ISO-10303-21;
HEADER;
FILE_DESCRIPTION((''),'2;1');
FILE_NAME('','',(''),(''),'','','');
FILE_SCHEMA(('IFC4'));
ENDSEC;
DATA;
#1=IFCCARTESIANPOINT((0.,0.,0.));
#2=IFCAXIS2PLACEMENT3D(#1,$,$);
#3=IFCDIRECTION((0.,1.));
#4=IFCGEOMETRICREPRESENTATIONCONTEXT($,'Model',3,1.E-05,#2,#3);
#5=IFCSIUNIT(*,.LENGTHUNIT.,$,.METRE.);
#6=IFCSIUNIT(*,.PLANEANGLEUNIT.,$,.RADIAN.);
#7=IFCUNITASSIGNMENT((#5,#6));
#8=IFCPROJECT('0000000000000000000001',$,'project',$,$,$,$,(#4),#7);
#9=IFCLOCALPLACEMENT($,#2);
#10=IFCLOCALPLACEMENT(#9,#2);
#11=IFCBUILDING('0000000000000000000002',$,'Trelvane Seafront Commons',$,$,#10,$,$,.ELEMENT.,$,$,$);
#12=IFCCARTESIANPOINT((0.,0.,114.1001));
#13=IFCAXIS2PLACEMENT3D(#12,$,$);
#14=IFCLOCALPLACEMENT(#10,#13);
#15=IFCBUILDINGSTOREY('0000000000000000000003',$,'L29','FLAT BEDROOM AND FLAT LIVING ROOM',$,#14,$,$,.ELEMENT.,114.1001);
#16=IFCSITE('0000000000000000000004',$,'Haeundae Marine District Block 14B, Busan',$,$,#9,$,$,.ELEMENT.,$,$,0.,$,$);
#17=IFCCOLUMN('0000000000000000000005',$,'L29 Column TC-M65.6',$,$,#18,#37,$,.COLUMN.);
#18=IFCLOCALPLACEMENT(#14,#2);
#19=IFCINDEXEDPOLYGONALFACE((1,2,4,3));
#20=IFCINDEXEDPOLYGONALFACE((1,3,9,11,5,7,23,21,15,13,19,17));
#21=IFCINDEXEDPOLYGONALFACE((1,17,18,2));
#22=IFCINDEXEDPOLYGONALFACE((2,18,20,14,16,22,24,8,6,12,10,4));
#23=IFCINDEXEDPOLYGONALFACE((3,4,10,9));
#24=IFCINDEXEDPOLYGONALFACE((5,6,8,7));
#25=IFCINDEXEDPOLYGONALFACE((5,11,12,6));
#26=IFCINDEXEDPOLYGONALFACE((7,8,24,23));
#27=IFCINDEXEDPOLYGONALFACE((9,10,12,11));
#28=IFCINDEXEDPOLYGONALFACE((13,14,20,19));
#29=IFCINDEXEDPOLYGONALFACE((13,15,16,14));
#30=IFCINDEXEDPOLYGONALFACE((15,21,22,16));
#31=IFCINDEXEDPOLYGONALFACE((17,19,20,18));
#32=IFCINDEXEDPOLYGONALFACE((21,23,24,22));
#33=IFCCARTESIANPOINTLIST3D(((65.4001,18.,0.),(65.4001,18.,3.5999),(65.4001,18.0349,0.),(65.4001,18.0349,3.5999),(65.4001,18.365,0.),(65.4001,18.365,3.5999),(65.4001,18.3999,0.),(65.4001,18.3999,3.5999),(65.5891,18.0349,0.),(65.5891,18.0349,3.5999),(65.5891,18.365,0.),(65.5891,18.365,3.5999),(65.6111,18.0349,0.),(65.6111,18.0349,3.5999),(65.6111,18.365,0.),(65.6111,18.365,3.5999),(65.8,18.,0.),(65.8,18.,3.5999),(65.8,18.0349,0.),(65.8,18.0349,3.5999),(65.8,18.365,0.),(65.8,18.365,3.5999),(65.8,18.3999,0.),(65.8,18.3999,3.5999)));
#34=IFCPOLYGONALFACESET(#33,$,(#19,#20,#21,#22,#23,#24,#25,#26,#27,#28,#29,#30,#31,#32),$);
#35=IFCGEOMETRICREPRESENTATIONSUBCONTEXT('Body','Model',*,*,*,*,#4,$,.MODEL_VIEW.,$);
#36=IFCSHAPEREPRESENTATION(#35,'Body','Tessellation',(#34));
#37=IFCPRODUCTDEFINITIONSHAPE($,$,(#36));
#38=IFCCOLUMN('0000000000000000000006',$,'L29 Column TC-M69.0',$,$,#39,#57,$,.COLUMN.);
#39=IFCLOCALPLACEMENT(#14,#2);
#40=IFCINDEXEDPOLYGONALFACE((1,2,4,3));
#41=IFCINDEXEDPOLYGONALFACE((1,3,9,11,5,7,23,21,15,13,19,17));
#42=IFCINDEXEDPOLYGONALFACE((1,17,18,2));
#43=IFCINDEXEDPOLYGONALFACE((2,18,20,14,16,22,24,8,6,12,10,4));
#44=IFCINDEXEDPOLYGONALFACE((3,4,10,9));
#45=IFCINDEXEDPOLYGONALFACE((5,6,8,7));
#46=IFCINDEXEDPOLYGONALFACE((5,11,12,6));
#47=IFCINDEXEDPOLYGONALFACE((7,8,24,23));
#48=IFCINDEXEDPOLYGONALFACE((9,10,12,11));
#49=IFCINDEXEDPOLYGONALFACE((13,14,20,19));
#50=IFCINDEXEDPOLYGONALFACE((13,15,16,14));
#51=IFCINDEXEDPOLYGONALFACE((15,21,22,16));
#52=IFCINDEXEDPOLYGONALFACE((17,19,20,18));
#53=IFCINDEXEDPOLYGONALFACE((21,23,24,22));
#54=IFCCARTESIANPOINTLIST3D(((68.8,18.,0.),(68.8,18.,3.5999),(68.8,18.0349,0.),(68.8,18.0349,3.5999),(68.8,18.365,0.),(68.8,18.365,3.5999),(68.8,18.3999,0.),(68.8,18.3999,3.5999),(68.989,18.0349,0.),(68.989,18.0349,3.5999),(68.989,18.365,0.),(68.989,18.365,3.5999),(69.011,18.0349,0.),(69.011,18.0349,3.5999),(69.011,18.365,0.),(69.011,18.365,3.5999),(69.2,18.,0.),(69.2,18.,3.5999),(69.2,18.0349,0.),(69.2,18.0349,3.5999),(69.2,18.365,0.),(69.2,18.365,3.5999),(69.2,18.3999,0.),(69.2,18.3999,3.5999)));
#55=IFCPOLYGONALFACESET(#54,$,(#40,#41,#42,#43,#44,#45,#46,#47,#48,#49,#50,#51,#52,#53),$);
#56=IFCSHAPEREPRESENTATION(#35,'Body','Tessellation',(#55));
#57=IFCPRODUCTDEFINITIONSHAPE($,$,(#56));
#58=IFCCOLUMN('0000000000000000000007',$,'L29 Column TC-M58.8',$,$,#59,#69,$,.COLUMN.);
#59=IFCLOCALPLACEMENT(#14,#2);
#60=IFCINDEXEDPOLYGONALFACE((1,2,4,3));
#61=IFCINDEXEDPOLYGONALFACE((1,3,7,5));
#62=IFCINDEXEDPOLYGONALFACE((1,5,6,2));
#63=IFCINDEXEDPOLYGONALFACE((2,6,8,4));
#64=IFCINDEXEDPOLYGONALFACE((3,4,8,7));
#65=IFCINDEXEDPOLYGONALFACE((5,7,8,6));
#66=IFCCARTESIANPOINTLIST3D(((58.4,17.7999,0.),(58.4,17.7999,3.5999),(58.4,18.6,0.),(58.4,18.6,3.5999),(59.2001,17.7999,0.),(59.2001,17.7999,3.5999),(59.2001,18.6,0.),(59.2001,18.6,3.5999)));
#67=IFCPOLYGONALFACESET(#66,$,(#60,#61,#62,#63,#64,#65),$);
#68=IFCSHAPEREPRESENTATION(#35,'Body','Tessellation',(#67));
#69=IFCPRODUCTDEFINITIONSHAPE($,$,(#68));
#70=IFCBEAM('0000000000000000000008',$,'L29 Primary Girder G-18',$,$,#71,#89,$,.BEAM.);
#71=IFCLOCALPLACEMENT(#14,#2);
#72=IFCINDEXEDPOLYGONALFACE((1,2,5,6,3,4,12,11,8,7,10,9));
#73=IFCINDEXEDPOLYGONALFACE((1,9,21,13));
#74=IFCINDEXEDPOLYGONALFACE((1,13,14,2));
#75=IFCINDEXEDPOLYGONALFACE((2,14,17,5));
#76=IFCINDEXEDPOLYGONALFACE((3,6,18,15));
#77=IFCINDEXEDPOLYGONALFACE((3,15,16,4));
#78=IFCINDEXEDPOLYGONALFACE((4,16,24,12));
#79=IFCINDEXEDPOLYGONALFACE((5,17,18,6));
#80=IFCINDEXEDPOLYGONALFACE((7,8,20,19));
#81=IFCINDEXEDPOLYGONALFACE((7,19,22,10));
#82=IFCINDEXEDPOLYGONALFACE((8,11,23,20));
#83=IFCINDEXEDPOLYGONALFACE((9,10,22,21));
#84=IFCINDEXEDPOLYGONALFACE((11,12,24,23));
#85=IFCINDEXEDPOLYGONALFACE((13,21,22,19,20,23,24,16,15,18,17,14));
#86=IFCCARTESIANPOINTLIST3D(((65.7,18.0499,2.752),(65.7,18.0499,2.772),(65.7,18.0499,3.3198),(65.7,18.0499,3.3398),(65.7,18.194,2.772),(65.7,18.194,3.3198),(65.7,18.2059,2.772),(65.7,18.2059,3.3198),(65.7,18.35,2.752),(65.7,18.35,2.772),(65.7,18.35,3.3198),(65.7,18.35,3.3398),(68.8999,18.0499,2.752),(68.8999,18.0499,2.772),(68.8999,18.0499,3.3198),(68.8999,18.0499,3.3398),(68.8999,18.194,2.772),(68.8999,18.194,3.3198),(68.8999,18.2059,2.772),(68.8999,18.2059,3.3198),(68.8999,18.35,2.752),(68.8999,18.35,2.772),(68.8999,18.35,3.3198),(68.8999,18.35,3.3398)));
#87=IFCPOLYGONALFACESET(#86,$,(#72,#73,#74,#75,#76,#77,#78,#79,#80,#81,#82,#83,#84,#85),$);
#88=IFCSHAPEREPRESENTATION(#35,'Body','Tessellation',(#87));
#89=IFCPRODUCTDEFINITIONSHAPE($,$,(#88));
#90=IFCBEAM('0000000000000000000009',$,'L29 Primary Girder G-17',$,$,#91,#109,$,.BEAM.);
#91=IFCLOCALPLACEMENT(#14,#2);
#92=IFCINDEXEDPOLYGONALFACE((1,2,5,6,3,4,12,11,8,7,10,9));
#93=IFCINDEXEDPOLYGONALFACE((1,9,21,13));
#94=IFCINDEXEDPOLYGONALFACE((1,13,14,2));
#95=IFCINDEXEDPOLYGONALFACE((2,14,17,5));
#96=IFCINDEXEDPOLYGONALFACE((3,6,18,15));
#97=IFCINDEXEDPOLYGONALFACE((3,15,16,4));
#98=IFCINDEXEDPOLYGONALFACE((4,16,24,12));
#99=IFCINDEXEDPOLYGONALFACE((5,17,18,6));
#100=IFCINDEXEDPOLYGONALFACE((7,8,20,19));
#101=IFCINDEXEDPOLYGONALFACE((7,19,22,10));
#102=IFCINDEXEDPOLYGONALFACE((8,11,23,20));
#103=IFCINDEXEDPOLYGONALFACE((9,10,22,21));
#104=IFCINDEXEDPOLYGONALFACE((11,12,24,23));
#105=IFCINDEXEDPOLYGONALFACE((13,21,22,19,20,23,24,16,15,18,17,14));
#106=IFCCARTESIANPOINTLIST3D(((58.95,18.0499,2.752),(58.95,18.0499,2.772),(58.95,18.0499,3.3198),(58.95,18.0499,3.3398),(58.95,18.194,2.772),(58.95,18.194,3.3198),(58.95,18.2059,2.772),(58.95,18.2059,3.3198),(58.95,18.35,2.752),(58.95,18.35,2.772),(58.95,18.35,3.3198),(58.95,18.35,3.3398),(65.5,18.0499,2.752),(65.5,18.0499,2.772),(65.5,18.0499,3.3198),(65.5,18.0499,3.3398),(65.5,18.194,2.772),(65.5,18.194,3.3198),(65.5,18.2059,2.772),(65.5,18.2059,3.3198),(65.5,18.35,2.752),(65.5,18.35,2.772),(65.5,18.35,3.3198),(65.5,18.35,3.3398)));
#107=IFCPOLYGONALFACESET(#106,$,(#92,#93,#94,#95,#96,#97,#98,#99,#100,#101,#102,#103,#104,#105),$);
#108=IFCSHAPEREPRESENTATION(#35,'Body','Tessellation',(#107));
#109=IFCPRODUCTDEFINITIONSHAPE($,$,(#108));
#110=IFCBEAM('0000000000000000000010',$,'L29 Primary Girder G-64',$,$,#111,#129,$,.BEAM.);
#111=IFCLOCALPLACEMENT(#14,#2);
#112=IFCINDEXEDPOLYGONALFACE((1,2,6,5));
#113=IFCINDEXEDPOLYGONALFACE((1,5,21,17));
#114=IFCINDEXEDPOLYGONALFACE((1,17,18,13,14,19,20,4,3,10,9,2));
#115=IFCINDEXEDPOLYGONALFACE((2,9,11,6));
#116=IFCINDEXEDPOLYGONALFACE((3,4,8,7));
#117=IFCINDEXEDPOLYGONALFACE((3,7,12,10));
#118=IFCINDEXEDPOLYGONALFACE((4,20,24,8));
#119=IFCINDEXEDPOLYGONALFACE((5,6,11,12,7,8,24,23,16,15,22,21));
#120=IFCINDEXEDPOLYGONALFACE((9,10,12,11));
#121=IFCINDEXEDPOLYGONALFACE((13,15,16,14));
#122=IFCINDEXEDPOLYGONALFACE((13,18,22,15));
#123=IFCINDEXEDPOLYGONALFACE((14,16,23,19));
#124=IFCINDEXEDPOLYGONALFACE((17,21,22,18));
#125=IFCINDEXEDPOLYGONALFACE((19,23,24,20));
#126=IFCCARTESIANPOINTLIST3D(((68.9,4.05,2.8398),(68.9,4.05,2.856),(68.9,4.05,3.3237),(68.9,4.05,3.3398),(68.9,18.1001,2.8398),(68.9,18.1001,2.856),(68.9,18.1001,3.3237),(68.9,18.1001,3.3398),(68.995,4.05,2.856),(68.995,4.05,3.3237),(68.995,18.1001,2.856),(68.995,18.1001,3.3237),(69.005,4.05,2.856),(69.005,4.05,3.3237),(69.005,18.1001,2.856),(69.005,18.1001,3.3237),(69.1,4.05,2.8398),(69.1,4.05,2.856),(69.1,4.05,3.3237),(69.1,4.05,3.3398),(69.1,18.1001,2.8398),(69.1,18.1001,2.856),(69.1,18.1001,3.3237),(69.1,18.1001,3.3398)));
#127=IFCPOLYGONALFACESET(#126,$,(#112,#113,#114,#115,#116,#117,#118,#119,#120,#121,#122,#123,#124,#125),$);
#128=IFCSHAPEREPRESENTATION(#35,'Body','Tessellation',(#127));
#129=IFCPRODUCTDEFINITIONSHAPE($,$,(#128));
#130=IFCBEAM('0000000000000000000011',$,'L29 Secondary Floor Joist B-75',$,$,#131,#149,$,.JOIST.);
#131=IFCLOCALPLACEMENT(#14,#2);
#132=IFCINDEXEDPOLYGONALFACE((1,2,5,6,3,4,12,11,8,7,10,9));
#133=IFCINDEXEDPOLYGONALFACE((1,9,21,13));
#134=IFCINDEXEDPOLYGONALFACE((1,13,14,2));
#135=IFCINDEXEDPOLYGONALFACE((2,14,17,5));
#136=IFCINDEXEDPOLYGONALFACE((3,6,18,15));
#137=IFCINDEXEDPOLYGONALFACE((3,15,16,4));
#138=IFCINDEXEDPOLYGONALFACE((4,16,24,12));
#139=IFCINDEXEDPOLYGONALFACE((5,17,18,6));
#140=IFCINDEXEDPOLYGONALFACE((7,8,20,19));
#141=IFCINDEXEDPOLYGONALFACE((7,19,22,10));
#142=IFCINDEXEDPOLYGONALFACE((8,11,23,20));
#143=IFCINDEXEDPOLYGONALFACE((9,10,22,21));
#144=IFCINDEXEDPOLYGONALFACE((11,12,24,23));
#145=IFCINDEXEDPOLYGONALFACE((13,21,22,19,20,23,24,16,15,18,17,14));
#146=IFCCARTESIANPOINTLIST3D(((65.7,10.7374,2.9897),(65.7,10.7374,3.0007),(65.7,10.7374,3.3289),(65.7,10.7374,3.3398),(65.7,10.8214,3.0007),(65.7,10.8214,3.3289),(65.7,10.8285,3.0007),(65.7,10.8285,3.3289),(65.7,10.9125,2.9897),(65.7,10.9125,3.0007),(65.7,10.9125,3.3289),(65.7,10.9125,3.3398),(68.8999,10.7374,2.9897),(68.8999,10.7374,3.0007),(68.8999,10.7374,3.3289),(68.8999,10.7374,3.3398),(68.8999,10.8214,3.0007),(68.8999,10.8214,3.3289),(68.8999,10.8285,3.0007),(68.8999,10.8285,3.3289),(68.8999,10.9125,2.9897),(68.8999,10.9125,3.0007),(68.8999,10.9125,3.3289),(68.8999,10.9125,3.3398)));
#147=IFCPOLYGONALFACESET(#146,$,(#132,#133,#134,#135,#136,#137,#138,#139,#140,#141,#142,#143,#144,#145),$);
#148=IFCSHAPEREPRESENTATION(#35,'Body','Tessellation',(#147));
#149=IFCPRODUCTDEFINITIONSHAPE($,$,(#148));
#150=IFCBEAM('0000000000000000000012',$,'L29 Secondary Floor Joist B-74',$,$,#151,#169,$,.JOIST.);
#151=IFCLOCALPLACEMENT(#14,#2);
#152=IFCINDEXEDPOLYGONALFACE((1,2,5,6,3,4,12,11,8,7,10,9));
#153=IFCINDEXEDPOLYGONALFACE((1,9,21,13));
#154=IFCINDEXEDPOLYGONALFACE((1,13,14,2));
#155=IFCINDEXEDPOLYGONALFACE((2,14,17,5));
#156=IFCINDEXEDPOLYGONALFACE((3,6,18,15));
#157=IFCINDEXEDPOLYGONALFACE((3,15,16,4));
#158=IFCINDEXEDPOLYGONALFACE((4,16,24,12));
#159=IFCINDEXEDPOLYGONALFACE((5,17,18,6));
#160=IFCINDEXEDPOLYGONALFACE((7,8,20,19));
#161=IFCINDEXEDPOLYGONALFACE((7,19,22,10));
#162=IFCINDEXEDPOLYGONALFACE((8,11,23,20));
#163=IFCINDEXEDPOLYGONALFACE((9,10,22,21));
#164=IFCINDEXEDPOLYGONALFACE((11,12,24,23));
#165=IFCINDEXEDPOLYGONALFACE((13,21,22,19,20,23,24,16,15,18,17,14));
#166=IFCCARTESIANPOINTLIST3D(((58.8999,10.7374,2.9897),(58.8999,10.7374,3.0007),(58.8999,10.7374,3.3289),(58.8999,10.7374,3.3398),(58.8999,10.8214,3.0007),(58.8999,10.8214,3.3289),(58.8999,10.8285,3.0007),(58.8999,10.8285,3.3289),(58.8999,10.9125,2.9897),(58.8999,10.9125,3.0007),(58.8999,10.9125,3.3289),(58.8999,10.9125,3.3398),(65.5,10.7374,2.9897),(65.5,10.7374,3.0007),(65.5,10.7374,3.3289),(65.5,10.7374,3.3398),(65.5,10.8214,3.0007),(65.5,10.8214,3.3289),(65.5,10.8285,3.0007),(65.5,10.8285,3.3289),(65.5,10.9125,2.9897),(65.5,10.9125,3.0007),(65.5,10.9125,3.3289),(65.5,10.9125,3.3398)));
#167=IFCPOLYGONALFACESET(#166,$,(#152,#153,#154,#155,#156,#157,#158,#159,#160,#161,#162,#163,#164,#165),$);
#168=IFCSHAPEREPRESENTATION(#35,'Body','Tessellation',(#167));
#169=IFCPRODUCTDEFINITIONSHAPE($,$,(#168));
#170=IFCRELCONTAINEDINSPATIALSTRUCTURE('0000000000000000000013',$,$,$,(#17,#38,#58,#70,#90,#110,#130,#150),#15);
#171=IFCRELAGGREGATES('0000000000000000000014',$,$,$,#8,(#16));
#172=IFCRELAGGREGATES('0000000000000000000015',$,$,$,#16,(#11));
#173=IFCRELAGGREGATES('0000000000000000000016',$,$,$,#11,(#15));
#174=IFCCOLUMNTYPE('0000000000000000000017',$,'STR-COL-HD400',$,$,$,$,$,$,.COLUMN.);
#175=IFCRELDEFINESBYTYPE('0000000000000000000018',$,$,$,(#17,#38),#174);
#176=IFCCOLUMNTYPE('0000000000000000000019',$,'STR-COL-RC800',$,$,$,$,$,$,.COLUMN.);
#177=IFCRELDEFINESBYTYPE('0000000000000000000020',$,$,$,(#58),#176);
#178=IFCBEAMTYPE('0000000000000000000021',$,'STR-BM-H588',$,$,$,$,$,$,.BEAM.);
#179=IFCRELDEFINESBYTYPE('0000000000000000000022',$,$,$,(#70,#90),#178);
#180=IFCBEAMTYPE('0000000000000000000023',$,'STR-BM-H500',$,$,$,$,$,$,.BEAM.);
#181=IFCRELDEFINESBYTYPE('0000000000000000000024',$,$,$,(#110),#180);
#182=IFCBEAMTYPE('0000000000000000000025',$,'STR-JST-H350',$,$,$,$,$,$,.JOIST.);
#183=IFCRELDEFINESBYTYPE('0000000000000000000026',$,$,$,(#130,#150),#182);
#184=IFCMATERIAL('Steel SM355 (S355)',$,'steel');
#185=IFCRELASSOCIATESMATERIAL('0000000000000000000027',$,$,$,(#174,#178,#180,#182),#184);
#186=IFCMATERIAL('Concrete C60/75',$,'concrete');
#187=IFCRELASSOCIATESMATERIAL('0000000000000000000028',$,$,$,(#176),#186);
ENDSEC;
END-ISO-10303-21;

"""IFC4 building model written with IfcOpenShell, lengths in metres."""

from ifc_helpers import new_model, si_unit, direction, frame, origin, origin_2d, place, context, subcontext, project, spatial, rectangle, i_section, extrude, source, transform, mapped, material, material_profile, profile_set, type_object, element, save


model = new_model("IFC4")

# Units and contexts
model_context = context("Model", 3, precision=1e-05, world=origin(), true_north=direction((0.0, 1.0)))
body_context = subcontext(model_context, "Body", "Model", "MODEL_VIEW")
ifc_project = project(units=[si_unit("LENGTHUNIT", "METRE"), si_unit("PLANEANGLEUNIT", "RADIAN")], contexts=[model_context])

# Site, building, storey
site_placement = place(None, origin())
site = spatial("IfcSite", under=ifc_project, at=site_placement, Name="Haeundae Marine District Block 14B, Busan", CompositionType="ELEMENT", RefElevation=0.0)
building_placement = place(site_placement, origin())
building = spatial("IfcBuilding", under=site, at=building_placement, Name="Trelvane Seafront Commons", CompositionType="ELEMENT")
storey_placement = place(building_placement, frame((0.0, 0.0, 114.1001)))
storey = spatial("IfcBuildingStorey", under=building, at=storey_placement, Name="L29", Description="FLAT BEDROOM AND FLAT LIVING ROOM", CompositionType="ELEMENT", Elevation=114.1001)

# Columns
ifc_material_1 = material(Name="Steel SM355 (S355)", Category="steel")
ifc_material_profile_1 = material_profile(ifc_material_1, i_section(OverallWidth=0.3999, OverallDepth=0.3999, WebThickness=0.022, FlangeThickness=0.0349, at=origin_2d()), Name="HD-400x400x22x35")
ifc_profile_set_1 = profile_set([ifc_material_profile_1], Name="Steel SM355 (S355)")
column_type_1 = type_object("IfcColumnType", Name="STR-COL-HD400", PredefinedType="COLUMN", material=ifc_profile_set_1)
shared_shape_1 = source(origin(), body_context, "Body", "SweptSolid", [
    extrude(i_section(OverallWidth=0.3999, OverallDepth=0.3999, WebThickness=0.022, FlangeThickness=0.0349, at=origin_2d()), origin(), (0.0, 0.0, 1.0), 3.5999),
])
for number, where, z_axis, x_axis, name in (
    (1, (65.6001, 18.2, 0.0), (0.0, 0.0, 1.0), (1.0, 0.0, 0.0), "L29 Column TC-M65.6"),
    (2, (69.0, 18.2, 0.0), (0.0, 0.0, 1.0), (1.0, 0.0, 0.0), "L29 Column TC-M69.0"),
):
    element("IfcColumn", number, at=place(storey_placement, frame(where, z_axis=z_axis, x_axis=x_axis)), inside=storey, type_object=column_type_1, Name=name, PredefinedType="COLUMN", context=body_context, shape_type="MappedRepresentation", body=[
        mapped(shared_shape_1, transform((0.0, 0.0, 0.0), x_axis=(1.0, 0.0, 0.0), y_axis=(0.0, 1.0, 0.0), z_axis=(0.0, 0.0, 1.0), scale=1.0)),
    ])
ifc_material_2 = material(Name="Concrete C60/75", Category="concrete")
ifc_material_profile_2 = material_profile(ifc_material_2, rectangle(XDim=0.8, YDim=0.8, at=origin_2d()), Name="RC-800x800")
ifc_profile_set_2 = profile_set([ifc_material_profile_2], Name="Concrete C60/75")
column_type_2 = type_object("IfcColumnType", Name="STR-COL-RC800", PredefinedType="COLUMN", material=ifc_profile_set_2)
shared_shape_2 = source(origin(), body_context, "Body", "SweptSolid", [
    extrude(rectangle(XDim=0.8, YDim=0.8, at=origin_2d()), origin(), (0.0, 0.0, 1.0), 3.5999),
])
column_placement = place(storey_placement, frame((58.8, 18.2, 0.0), z_axis=(0.0, 0.0, 1.0), x_axis=(1.0, 0.0, 0.0)))
element("IfcColumn", 3, at=column_placement, inside=storey, type_object=column_type_2, Name="L29 Column TC-M58.8", PredefinedType="COLUMN", context=body_context, shape_type="MappedRepresentation", body=[
    mapped(shared_shape_2, transform((0.0, 0.0, 0.0), x_axis=(1.0, 0.0, 0.0), y_axis=(0.0, 1.0, 0.0), z_axis=(0.0, 0.0, 1.0), scale=1.0)),
])

# Beams
ifc_material_profile_3 = material_profile(ifc_material_1, i_section(OverallWidth=0.3, OverallDepth=0.5879, WebThickness=0.012, FlangeThickness=0.02, at=origin_2d()), Name="H-588x300x12x20")
ifc_profile_set_3 = profile_set([ifc_material_profile_3], Name="Steel SM355 (S355)")
beam_type_1 = type_object("IfcBeamType", Name="STR-BM-H588", PredefinedType="BEAM", material=ifc_profile_set_3)
shared_shape_3 = source(origin(), body_context, "Body", "SweptSolid", [
    extrude(i_section(OverallWidth=0.3, OverallDepth=0.5879, WebThickness=0.012, FlangeThickness=0.02, at=origin_2d()), origin(), (0.0, 0.0, 1.0), 3.2),
])
beam_1_placement = place(storey_placement, frame((65.7, 18.2, 3.0459), z_axis=(1.0, 0.0, 0.0), x_axis=(0.0, 1.0, 0.0)))
element("IfcBeam", 4, at=beam_1_placement, inside=storey, type_object=beam_type_1, Name="L29 Primary Girder G-18", PredefinedType="BEAM", context=body_context, shape_type="MappedRepresentation", body=[
    mapped(shared_shape_3, transform((0.0, 0.0, 0.0), x_axis=(1.0, 0.0, 0.0), y_axis=(0.0, 1.0, 0.0), z_axis=(0.0, 0.0, 1.0), scale=1.0)),
])
shared_shape_4 = source(origin(), body_context, "Body", "SweptSolid", [
    extrude(i_section(OverallWidth=0.3, OverallDepth=0.5879, WebThickness=0.012, FlangeThickness=0.02, at=origin_2d()), origin(), (0.0, 0.0, 1.0), 6.55),
])
beam_2_placement = place(storey_placement, frame((58.95, 18.2, 3.0459), z_axis=(1.0, 0.0, 0.0), x_axis=(0.0, 1.0, 0.0)))
element("IfcBeam", 5, at=beam_2_placement, inside=storey, type_object=beam_type_1, Name="L29 Primary Girder G-17", PredefinedType="BEAM", context=body_context, shape_type="MappedRepresentation", body=[
    mapped(shared_shape_4, transform((0.0, 0.0, 0.0), x_axis=(1.0, 0.0, 0.0), y_axis=(0.0, 1.0, 0.0), z_axis=(0.0, 0.0, 1.0), scale=1.0)),
])
ifc_material_profile_4 = material_profile(ifc_material_1, i_section(OverallWidth=0.2, OverallDepth=0.5, WebThickness=0.01, FlangeThickness=0.0161, at=origin_2d()), Name="H-500x200x10x16")
ifc_profile_set_4 = profile_set([ifc_material_profile_4], Name="Steel SM355 (S355)")
beam_type_2 = type_object("IfcBeamType", Name="STR-BM-H500", PredefinedType="BEAM", material=ifc_profile_set_4)
shared_shape_5 = source(origin(), body_context, "Body", "SweptSolid", [
    extrude(i_section(OverallWidth=0.2, OverallDepth=0.5, WebThickness=0.01, FlangeThickness=0.0161, at=origin_2d()), origin(), (0.0, 0.0, 1.0), 14.05),
])
beam_3_placement = place(storey_placement, frame((69.0, 4.05, 3.0898), z_axis=(0.0, 1.0, 0.0), x_axis=(-1.0, 0.0, 0.0)))
element("IfcBeam", 6, at=beam_3_placement, inside=storey, type_object=beam_type_2, Name="L29 Primary Girder G-64", PredefinedType="BEAM", context=body_context, shape_type="MappedRepresentation", body=[
    mapped(shared_shape_5, transform((0.0, 0.0, 0.0), x_axis=(1.0, 0.0, 0.0), y_axis=(0.0, 1.0, 0.0), z_axis=(0.0, 0.0, 1.0), scale=1.0)),
])
ifc_material_profile_5 = material_profile(ifc_material_1, i_section(OverallWidth=0.175, OverallDepth=0.3501, WebThickness=0.0071, FlangeThickness=0.011, at=origin_2d()), Name="H-350x175x7x11")
ifc_profile_set_5 = profile_set([ifc_material_profile_5], Name="Steel SM355 (S355)")
beam_type_3 = type_object("IfcBeamType", Name="STR-JST-H350", PredefinedType="JOIST", material=ifc_profile_set_5)
shared_shape_6 = source(origin(), body_context, "Body", "SweptSolid", [
    extrude(i_section(OverallWidth=0.175, OverallDepth=0.3501, WebThickness=0.0071, FlangeThickness=0.011, at=origin_2d()), origin(), (0.0, 0.0, 1.0), 3.2),
])
beam_4_placement = place(storey_placement, frame((65.7, 10.825, 3.1648), z_axis=(1.0, 0.0, 0.0), x_axis=(0.0, 1.0, 0.0)))
element("IfcBeam", 7, at=beam_4_placement, inside=storey, type_object=beam_type_3, Name="L29 Secondary Floor Joist B-75", PredefinedType="JOIST", context=body_context, shape_type="MappedRepresentation", body=[
    mapped(shared_shape_6, transform((0.0, 0.0, 0.0), x_axis=(1.0, 0.0, 0.0), y_axis=(0.0, 1.0, 0.0), z_axis=(0.0, 0.0, 1.0), scale=1.0)),
])
shared_shape_7 = source(origin(), body_context, "Body", "SweptSolid", [
    extrude(i_section(OverallWidth=0.175, OverallDepth=0.3501, WebThickness=0.0071, FlangeThickness=0.011, at=origin_2d()), origin(), (0.0, 0.0, 1.0), 6.6001),
])
beam_5_placement = place(storey_placement, frame((58.8999, 10.825, 3.1648), z_axis=(1.0, 0.0, 0.0), x_axis=(0.0, 1.0, 0.0)))
element("IfcBeam", 8, at=beam_5_placement, inside=storey, type_object=beam_type_3, Name="L29 Secondary Floor Joist B-74", PredefinedType="JOIST", context=body_context, shape_type="MappedRepresentation", body=[
    mapped(shared_shape_7, transform((0.0, 0.0, 0.0), x_axis=(1.0, 0.0, 0.0), y_axis=(0.0, 1.0, 0.0), z_axis=(0.0, 0.0, 1.0), scale=1.0)),
])

save(model, "model.ifc")
